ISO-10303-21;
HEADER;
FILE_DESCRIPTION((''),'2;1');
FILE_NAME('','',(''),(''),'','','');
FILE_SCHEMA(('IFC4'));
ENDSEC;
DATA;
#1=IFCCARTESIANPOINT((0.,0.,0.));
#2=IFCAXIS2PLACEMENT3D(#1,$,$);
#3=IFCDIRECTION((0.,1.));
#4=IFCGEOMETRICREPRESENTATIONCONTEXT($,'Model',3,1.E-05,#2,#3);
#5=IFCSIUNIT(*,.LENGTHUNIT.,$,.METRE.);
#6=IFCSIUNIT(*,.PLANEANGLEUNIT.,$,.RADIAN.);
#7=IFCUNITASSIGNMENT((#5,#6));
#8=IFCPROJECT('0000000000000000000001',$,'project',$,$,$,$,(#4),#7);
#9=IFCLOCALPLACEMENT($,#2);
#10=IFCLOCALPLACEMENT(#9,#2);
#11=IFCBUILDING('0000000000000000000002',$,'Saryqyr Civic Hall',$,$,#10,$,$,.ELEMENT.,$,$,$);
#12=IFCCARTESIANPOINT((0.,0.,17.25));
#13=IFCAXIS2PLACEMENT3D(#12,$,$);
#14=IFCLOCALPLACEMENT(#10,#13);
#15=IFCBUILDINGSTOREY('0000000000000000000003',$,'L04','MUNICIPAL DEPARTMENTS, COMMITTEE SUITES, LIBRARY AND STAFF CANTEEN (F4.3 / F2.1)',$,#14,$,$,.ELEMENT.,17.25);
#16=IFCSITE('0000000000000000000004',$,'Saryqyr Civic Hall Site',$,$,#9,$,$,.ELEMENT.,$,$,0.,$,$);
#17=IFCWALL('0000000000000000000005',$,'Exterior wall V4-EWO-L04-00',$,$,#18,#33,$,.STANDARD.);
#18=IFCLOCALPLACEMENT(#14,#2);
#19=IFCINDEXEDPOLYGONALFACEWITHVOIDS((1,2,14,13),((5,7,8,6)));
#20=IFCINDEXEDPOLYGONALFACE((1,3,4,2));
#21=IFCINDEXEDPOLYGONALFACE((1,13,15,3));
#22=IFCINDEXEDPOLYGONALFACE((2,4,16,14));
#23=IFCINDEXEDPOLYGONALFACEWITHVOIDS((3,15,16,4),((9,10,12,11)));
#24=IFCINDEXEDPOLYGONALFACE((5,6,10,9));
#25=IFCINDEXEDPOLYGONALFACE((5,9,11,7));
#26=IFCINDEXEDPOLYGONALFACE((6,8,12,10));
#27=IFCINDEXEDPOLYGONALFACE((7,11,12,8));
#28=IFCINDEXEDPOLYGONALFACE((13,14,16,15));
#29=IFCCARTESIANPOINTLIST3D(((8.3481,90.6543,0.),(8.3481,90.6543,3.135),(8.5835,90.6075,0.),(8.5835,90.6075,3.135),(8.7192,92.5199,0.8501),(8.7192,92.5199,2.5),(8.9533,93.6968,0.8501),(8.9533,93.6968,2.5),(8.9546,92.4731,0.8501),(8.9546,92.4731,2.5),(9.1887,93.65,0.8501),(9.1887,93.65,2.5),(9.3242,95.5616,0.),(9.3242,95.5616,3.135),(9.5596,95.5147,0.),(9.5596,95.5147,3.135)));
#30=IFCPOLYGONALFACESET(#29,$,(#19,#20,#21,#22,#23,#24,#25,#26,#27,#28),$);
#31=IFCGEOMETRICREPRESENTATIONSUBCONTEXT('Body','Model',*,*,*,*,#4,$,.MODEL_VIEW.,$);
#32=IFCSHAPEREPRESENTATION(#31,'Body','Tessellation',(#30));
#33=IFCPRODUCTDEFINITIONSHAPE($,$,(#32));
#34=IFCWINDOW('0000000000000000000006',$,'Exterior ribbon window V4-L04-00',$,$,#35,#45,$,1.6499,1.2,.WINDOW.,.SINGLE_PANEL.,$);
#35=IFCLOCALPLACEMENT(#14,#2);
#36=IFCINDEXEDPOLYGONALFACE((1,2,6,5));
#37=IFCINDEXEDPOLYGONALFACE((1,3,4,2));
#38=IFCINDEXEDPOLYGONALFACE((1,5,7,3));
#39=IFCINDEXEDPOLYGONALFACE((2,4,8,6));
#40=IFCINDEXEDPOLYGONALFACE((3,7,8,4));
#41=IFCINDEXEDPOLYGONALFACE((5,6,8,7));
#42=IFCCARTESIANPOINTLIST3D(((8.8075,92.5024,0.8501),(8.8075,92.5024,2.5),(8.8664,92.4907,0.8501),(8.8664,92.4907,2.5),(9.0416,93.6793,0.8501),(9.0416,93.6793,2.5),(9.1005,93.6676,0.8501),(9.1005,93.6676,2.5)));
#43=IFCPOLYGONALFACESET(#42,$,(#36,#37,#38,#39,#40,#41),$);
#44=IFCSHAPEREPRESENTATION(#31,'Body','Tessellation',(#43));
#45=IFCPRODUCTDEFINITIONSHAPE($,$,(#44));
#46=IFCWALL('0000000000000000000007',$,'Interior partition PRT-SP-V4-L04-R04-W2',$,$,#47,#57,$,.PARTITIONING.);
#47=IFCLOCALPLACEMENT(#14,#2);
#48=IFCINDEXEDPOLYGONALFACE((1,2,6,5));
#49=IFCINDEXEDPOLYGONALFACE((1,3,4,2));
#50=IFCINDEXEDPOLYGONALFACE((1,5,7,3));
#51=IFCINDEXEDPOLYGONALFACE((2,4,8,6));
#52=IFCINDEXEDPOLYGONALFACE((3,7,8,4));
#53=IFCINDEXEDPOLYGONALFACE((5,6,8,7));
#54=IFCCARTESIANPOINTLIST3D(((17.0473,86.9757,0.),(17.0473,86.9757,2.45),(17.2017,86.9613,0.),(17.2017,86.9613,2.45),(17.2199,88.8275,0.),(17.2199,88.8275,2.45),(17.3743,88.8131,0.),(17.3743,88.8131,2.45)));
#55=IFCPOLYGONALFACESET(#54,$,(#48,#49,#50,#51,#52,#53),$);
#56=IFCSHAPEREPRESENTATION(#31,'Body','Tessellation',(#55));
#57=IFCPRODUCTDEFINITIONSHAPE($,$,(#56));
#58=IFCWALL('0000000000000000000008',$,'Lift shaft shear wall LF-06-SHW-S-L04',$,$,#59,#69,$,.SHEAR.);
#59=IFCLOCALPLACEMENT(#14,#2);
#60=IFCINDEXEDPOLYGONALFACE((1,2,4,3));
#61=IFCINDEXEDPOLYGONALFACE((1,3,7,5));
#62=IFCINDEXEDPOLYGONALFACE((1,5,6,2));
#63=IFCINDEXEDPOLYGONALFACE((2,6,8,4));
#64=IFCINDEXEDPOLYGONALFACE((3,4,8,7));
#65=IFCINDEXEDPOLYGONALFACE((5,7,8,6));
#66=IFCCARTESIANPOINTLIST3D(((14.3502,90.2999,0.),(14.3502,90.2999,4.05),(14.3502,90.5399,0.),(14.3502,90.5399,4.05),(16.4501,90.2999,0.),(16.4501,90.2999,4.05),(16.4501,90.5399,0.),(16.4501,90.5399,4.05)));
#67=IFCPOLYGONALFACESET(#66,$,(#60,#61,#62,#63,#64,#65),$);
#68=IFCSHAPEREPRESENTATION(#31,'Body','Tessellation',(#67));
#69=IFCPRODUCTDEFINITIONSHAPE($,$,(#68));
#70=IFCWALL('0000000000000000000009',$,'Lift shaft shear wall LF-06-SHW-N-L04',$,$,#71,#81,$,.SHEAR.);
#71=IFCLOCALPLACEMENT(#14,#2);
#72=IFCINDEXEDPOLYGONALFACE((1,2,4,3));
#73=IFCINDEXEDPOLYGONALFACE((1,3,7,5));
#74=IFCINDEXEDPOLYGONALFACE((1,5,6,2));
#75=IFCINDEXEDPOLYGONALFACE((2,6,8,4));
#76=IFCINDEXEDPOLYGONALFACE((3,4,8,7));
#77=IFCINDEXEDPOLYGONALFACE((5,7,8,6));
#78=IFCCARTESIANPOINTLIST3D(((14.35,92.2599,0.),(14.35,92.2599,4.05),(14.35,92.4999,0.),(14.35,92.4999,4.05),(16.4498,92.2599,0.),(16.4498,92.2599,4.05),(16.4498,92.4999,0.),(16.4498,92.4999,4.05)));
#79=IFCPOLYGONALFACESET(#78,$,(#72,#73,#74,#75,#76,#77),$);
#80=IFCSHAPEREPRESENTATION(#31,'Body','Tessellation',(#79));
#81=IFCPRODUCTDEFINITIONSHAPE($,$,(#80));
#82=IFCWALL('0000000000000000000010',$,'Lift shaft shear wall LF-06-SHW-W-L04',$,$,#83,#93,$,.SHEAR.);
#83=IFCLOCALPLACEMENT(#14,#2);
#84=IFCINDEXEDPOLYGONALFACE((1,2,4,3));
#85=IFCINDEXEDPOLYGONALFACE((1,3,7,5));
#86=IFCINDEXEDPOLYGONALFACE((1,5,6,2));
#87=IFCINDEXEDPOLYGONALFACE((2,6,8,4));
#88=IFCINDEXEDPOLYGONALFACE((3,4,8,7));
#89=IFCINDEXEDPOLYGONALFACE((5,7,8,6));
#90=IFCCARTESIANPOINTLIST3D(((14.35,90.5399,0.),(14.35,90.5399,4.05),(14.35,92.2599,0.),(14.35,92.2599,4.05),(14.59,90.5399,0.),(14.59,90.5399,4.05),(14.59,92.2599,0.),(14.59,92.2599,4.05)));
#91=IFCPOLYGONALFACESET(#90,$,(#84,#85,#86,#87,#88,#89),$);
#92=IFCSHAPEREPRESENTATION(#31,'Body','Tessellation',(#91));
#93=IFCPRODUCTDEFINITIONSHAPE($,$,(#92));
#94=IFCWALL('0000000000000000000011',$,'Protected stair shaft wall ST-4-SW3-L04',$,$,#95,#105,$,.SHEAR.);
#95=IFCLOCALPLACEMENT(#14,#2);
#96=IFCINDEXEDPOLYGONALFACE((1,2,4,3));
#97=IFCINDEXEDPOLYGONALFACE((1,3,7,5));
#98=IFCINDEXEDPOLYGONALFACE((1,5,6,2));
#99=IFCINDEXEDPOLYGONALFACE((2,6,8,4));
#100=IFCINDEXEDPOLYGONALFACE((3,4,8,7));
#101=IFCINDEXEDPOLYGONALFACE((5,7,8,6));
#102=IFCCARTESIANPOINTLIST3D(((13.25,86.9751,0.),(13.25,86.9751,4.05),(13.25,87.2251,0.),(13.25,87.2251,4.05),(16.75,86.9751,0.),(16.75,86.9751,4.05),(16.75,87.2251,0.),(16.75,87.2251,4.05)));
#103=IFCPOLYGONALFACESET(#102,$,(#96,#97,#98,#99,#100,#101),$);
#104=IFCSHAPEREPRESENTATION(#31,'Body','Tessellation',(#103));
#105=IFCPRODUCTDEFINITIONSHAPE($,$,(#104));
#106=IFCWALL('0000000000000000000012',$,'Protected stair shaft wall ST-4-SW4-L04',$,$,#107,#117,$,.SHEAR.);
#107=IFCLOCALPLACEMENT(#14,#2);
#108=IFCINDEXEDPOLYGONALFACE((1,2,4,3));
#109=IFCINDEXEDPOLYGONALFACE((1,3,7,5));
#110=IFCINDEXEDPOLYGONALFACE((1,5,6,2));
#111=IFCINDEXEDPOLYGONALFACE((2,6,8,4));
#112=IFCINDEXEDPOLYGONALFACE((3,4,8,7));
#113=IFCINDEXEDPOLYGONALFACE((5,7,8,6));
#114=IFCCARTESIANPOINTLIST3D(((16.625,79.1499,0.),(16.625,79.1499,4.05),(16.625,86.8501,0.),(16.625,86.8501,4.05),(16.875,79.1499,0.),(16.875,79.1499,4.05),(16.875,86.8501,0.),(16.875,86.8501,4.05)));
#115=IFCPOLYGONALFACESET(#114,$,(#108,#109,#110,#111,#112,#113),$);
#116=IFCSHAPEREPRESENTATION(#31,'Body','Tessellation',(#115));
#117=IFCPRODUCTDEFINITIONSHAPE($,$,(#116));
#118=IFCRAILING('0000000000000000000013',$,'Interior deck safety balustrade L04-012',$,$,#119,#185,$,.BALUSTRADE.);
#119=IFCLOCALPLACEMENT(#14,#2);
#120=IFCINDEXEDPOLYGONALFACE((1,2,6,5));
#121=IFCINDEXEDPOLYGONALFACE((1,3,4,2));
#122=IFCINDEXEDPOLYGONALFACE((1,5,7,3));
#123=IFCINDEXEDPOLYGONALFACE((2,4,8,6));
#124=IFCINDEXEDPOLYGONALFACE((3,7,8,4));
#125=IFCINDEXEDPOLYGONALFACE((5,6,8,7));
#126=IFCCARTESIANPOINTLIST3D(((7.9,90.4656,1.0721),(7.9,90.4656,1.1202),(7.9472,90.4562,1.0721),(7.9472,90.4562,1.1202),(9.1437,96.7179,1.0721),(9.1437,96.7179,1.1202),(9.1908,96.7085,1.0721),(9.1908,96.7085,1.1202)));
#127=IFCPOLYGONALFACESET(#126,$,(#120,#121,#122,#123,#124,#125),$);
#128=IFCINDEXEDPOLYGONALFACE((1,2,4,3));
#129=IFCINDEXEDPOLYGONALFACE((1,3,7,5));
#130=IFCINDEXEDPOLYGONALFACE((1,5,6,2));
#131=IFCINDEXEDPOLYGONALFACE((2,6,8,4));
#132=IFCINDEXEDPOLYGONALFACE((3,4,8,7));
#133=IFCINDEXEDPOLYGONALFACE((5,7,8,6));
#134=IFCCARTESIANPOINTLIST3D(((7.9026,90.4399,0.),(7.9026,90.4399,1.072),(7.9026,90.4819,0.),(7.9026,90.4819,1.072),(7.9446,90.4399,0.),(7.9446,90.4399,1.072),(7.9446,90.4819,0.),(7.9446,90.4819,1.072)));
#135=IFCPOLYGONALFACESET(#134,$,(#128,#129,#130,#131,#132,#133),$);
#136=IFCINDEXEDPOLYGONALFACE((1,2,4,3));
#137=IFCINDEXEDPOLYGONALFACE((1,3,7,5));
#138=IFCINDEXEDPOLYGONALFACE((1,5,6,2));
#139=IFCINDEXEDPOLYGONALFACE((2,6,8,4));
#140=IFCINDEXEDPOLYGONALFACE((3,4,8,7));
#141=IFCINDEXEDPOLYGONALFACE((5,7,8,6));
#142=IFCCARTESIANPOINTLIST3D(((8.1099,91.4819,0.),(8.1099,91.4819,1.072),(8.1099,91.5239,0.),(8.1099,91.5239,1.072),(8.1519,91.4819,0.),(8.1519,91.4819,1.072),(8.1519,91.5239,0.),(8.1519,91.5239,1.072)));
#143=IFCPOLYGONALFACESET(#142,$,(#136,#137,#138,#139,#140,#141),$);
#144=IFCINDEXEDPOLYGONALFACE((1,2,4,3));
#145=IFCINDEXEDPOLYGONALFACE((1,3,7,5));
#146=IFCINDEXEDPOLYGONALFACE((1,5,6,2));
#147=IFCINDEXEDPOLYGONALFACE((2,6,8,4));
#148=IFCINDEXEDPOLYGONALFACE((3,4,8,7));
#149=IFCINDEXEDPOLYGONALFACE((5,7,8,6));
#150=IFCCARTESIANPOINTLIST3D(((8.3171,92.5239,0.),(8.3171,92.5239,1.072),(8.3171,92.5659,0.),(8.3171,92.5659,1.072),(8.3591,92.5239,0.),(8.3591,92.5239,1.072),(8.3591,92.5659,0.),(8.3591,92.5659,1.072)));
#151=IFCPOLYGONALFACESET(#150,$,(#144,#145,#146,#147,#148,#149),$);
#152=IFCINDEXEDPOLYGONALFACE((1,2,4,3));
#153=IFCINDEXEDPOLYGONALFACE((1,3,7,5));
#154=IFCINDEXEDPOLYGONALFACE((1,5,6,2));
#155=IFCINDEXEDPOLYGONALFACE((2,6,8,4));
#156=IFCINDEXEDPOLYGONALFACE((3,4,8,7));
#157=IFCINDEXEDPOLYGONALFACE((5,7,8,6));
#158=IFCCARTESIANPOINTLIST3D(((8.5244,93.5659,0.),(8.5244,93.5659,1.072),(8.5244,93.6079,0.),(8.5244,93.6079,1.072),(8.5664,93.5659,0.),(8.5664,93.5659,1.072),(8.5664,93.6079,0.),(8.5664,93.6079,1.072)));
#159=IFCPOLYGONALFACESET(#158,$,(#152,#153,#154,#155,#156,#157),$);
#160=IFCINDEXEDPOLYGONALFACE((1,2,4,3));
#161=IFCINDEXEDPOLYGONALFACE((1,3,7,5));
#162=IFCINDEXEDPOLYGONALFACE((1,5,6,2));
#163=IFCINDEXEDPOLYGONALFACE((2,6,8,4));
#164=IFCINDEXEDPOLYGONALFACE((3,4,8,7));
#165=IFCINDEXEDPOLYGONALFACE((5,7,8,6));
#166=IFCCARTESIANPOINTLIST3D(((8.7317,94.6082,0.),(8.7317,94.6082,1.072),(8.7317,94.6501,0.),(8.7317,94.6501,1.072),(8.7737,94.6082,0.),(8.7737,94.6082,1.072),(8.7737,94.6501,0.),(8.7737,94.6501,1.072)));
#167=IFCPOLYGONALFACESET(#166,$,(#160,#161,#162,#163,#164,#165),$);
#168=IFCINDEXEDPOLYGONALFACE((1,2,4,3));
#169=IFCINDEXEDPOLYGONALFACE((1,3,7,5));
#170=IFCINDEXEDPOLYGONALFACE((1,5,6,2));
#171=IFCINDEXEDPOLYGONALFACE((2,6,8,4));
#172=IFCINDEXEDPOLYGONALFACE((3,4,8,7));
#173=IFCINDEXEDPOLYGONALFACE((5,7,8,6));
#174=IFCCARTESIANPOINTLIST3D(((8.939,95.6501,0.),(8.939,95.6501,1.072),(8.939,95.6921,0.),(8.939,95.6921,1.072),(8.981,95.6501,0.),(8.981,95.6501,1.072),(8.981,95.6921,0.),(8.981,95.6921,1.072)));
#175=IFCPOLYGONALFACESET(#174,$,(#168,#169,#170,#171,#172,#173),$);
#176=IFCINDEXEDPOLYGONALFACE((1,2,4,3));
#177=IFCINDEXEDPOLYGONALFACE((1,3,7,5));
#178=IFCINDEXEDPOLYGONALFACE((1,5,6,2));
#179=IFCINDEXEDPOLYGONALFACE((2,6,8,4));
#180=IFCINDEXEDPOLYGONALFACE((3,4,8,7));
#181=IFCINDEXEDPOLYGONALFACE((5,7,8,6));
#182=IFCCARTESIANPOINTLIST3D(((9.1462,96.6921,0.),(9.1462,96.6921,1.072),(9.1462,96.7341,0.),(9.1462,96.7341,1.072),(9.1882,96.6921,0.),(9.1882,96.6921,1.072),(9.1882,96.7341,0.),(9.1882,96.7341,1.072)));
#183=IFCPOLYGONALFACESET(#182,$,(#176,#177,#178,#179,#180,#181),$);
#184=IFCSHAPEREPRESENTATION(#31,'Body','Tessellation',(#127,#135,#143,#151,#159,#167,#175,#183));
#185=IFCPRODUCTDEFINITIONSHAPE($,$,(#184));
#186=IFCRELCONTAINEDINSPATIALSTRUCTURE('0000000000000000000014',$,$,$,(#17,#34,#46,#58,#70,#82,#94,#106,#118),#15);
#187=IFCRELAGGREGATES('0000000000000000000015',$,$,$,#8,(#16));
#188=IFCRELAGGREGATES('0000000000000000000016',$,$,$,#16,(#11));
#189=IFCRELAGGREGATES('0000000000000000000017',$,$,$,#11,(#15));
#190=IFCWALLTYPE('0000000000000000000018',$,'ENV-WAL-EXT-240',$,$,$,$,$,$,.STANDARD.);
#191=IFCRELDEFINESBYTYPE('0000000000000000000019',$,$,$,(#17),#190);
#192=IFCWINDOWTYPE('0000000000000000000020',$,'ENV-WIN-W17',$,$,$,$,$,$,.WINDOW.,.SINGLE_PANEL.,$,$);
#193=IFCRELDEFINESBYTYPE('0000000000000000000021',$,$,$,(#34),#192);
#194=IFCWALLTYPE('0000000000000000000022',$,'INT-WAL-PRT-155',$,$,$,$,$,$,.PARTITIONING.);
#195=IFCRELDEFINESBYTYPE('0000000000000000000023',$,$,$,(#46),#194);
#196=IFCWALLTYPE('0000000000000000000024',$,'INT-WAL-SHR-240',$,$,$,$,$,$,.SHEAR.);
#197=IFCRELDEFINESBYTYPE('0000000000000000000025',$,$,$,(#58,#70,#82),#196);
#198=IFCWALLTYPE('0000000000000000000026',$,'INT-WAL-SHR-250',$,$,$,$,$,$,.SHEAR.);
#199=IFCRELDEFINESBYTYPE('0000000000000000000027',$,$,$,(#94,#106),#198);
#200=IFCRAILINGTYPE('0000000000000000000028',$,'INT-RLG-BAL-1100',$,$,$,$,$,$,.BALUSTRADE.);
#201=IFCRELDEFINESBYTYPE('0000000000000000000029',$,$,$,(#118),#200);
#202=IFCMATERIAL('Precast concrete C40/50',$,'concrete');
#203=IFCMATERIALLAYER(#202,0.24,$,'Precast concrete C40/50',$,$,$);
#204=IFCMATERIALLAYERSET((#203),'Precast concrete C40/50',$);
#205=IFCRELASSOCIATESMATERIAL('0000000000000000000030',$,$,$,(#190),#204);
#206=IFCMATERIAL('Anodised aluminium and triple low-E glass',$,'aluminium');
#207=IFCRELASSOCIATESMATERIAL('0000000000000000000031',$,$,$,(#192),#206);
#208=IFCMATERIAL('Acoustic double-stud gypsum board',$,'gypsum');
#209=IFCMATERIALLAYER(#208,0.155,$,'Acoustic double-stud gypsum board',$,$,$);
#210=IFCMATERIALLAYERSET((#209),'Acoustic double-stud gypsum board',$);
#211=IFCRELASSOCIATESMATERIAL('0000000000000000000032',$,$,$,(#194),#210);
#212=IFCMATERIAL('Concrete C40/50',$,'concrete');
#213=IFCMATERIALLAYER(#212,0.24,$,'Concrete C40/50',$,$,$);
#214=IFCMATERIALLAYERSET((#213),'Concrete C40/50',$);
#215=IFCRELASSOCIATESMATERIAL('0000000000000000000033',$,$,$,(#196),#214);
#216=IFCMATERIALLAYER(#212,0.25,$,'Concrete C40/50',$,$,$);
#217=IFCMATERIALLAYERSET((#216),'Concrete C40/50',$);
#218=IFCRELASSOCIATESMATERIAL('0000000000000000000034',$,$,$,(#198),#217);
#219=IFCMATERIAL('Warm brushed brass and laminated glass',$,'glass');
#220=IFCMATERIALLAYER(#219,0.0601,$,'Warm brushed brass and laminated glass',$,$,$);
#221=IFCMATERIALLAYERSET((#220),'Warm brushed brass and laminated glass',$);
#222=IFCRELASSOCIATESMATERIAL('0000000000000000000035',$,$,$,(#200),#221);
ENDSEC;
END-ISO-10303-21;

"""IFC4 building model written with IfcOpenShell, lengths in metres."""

from ifc_helpers import new_model, si_unit, direction, frame, frame_2d, origin, origin_2d, place, context, subcontext, project, spatial, rectangle, extrude, material, layer, layer_set, type_object, element, fill, save


model = new_model("IFC4")

# Units and contexts
model_context = context("Model", 3, precision=1e-05, world=origin(), true_north=direction((0.0, 1.0)))
body_context = subcontext(model_context, "Body", "Model", "MODEL_VIEW")
ifc_project = project(units=[si_unit("LENGTHUNIT", "METRE"), si_unit("PLANEANGLEUNIT", "RADIAN")], contexts=[model_context])

# Site, building, storey
site_placement = place(None, origin())
site = spatial("IfcSite", under=ifc_project, at=site_placement, Name="Saryqyr Civic Hall Site", CompositionType="ELEMENT", RefElevation=0.0)
building_placement = place(site_placement, origin())
building = spatial("IfcBuilding", under=site, at=building_placement, Name="Saryqyr Civic Hall", CompositionType="ELEMENT")
storey_placement = place(building_placement, frame((0.0, 0.0, 17.25)))
storey = spatial("IfcBuildingStorey", under=building, at=storey_placement, Name="L04", Description="MUNICIPAL DEPARTMENTS, COMMITTEE SUITES, LIBRARY AND STAFF CANTEEN (F4.3 / F2.1)", CompositionType="ELEMENT", Elevation=17.25)

# Shared definitions
ifc_material_1 = material(Name="Concrete C40/50", Category="concrete")

# Shared definitions
ifc_material_2 = material(Name="Anodised aluminium and triple low-E glass", Category="aluminium")

# Shared definitions
ifc_material_3 = material(Name="Precast concrete C40/50", Category="concrete")

# Wall, opening, window
ifc_layer_1 = layer(ifc_material_3, 0.24, Name="Precast concrete C40/50")
ifc_layer_set_1 = layer_set([ifc_layer_1], Name="Precast concrete C40/50")
wall_type_1 = type_object("IfcWallType", Name="ENV-WAL-EXT-240", PredefinedType="STANDARD", material=ifc_layer_set_1)
wall_1_placement = place(storey_placement, frame((8.4658, 90.6309, 0.0), z_axis=(0.0, 0.0, 1.0), x_axis=(0.195084, 0.980787, 0.0)))
wall_1 = element("IfcWall", 1, at=wall_1_placement, inside=storey, type_object=wall_type_1, Name="Exterior wall V4-EWO-L04-00", PredefinedType="STANDARD", context=body_context, shape_type="SweptSolid", body=[
    extrude(rectangle(XDim=5.0034, YDim=0.24, at=frame_2d((2.5017, 0.0))), origin(), (0.0, 0.0, 1.0), 3.135),
])
opening_1_placement = place(wall_1_placement, frame((1.9021, 0.0, 0.8501)))
opening_1 = element("IfcOpeningElement", 2, at=opening_1_placement, cuts=wall_1, PredefinedType="OPENING", context=body_context, shape_type="SweptSolid", body=[
    extrude(rectangle(XDim=1.2, YDim=1.6499, at=frame_2d((0.6001, 0.825))), frame((0.0, 0.1299, 0.0), z_axis=(0.0, -1.0, 0.0), x_axis=(1.0, 0.0, 0.0)), (0.0, 0.0, 1.0), 0.26),
])
window_type = type_object("IfcWindowType", Name="ENV-WIN-W17", PartitioningType="SINGLE_PANEL", PredefinedType="WINDOW", material=ifc_material_2)
window_placement = place(opening_1_placement, origin())
window = element("IfcWindow", 3, at=window_placement, inside=storey, type_object=window_type, Name="Exterior ribbon window V4-L04-00", OverallHeight=1.6499, OverallWidth=1.2, PartitioningType="SINGLE_PANEL", PredefinedType="WINDOW", context=body_context, shape_type="SweptSolid", body=[
    extrude(rectangle(XDim=1.2, YDim=1.6499, at=frame_2d((0.6001, 0.825))), frame((0.0, 0.03, 0.0), z_axis=(0.0, -1.0, 0.0), x_axis=(1.0, 0.0, 0.0)), (0.0, 0.0, 1.0), 0.0601),
])
fill(opening_1, window)

# Walls
ifc_material_4 = material(Name="Acoustic double-stud gypsum board", Category="gypsum")
ifc_layer_2 = layer(ifc_material_4, 0.155, Name="Acoustic double-stud gypsum board")
ifc_layer_set_2 = layer_set([ifc_layer_2], Name="Acoustic double-stud gypsum board")
wall_type_2 = type_object("IfcWallType", Name="INT-WAL-PRT-155", PredefinedType="PARTITIONING", material=ifc_layer_set_2)
wall_2_placement = place(storey_placement, frame((17.1245, 86.9685, 0.0), z_axis=(0.0, 0.0, 1.0), x_axis=(0.092808, 0.995684, 0.0)))
element("IfcWall", 4, at=wall_2_placement, inside=storey, type_object=wall_type_2, Name="Interior partition PRT-SP-V4-L04-R04-W2", PredefinedType="PARTITIONING", context=body_context, shape_type="SweptSolid", body=[
    extrude(rectangle(XDim=1.8599, YDim=0.155, at=frame_2d((0.9299, 0.0))), origin(), (0.0, 0.0, 1.0), 2.45),
])
ifc_layer_3 = layer(ifc_material_1, 0.24, Name="Concrete C40/50")
ifc_layer_set_3 = layer_set([ifc_layer_3], Name="Concrete C40/50")
wall_type_3 = type_object("IfcWallType", Name="INT-WAL-SHR-240", PredefinedType="SHEAR", material=ifc_layer_set_3)
wall_3_placement = place(storey_placement, frame((16.45, 90.4199, 0.0), z_axis=(0.0, 0.0, 1.0), x_axis=(-1.0, 0.0, 0.0)))
element("IfcWall", 5, at=wall_3_placement, inside=storey, type_object=wall_type_3, Name="Lift shaft shear wall LF-06-SHW-S-L04", PredefinedType="SHEAR", context=body_context, shape_type="SweptSolid", body=[
    extrude(rectangle(XDim=2.0999, YDim=0.24, at=frame_2d((1.0498, 0.0))), origin(), (0.0, 0.0, 1.0), 4.05),
])

# Walls
wall_4_placement = place(storey_placement, frame((14.3501, 92.3799, 0.0), z_axis=(0.0, 0.0, 1.0), x_axis=(1.0, 0.0, 0.0)))
element("IfcWall", 6, at=wall_4_placement, inside=storey, type_object=wall_type_3, Name="Lift shaft shear wall LF-06-SHW-N-L04", PredefinedType="SHEAR", context=body_context, shape_type="SweptSolid", body=[
    extrude(rectangle(XDim=2.0999, YDim=0.24, at=frame_2d((1.0498, 0.0))), origin(), (0.0, 0.0, 1.0), 4.05),
])
wall_5_placement = place(storey_placement, frame((14.47, 90.54, 0.0), z_axis=(0.0, 0.0, 1.0), x_axis=(0.0, 1.0, 0.0)))
element("IfcWall", 7, at=wall_5_placement, inside=storey, type_object=wall_type_3, Name="Lift shaft shear wall LF-06-SHW-W-L04", PredefinedType="SHEAR", context=body_context, shape_type="SweptSolid", body=[
    extrude(rectangle(XDim=1.72, YDim=0.24, at=frame_2d((0.8599, 0.0))), origin(), (0.0, 0.0, 1.0), 4.05),
])
ifc_layer_4 = layer(ifc_material_1, 0.25, Name="Concrete C40/50")
ifc_layer_set_4 = layer_set([ifc_layer_4], Name="Concrete C40/50")
wall_type_4 = type_object("IfcWallType", Name="INT-WAL-SHR-250", PredefinedType="SHEAR", material=ifc_layer_set_4)
wall_6_placement = place(storey_placement, frame((13.25, 87.1001, 0.0), z_axis=(0.0, 0.0, 1.0), x_axis=(1.0, 0.0, 0.0)))
element("IfcWall", 8, at=wall_6_placement, inside=storey, type_object=wall_type_4, Name="Protected stair shaft wall ST-4-SW3-L04", PredefinedType="SHEAR", context=body_context, shape_type="SweptSolid", body=[
    extrude(rectangle(XDim=3.5, YDim=0.25, at=frame_2d((1.75, 0.0))), origin(), (0.0, 0.0, 1.0), 4.05),
])
wall_7_placement = place(storey_placement, frame((16.75, 86.8501, 0.0), z_axis=(0.0, 0.0, 1.0), x_axis=(0.0, -1.0, 0.0)))
element("IfcWall", 9, at=wall_7_placement, inside=storey, type_object=wall_type_4, Name="Protected stair shaft wall ST-4-SW4-L04", PredefinedType="SHEAR", context=body_context, shape_type="SweptSolid", body=[
    extrude(rectangle(XDim=7.7002, YDim=0.25, at=frame_2d((3.8501, 0.0))), origin(), (0.0, 0.0, 1.0), 4.05),
])

# Railing
ifc_material_5 = material(Name="Warm brushed brass and laminated glass", Category="glass")
ifc_layer_5 = layer(ifc_material_5, 0.0601, Name="Warm brushed brass and laminated glass")
ifc_layer_set_5 = layer_set([ifc_layer_5], Name="Warm brushed brass and laminated glass")
railing_type = type_object("IfcRailingType", Name="INT-RLG-BAL-1100", PredefinedType="BALUSTRADE", material=ifc_layer_set_5)
railing_1_placement = place(storey_placement, frame((7.9236, 90.4609, 0.0)))
element("IfcRailing", 10, at=railing_1_placement, inside=storey, type_object=railing_type, Name="Interior deck safety balustrade L04-012", PredefinedType="BALUSTRADE", context=body_context, shape_type="SweptSolid", body=[
    extrude(rectangle(XDim=0.0481, YDim=0.0481, at=origin_2d()), frame((0.0, 0.0, 1.0962), z_axis=(0.195092, 0.980785, 0.0), x_axis=(-0.980785, 0.195092, 0.0)), (0.0, 0.0, 1.0), 6.3748),
    extrude(rectangle(XDim=0.042, YDim=0.042, at=origin_2d()), origin(), (0.0, 0.0, 1.0), 1.072),
    extrude(rectangle(XDim=0.042, YDim=0.042, at=origin_2d()), frame((0.2073, 1.042, 0.0)), (0.0, 0.0, 1.0), 1.072),
    extrude(rectangle(XDim=0.042, YDim=0.042, at=origin_2d()), frame((0.4146, 2.084, 0.0)), (0.0, 0.0, 1.0), 1.072),
    extrude(rectangle(XDim=0.042, YDim=0.042, at=origin_2d()), frame((0.6218, 3.126, 0.0)), (0.0, 0.0, 1.0), 1.072),
    extrude(rectangle(XDim=0.042, YDim=0.042, at=origin_2d()), frame((0.8291, 4.1682, 0.0)), (0.0, 0.0, 1.0), 1.072),
    extrude(rectangle(XDim=0.042, YDim=0.042, at=origin_2d()), frame((1.0364, 5.2102, 0.0)), (0.0, 0.0, 1.0), 1.072),
    extrude(rectangle(XDim=0.042, YDim=0.042, at=origin_2d()), frame((1.2437, 6.2522, 0.0)), (0.0, 0.0, 1.0), 1.072),
])

save(model, "model.ifc")
